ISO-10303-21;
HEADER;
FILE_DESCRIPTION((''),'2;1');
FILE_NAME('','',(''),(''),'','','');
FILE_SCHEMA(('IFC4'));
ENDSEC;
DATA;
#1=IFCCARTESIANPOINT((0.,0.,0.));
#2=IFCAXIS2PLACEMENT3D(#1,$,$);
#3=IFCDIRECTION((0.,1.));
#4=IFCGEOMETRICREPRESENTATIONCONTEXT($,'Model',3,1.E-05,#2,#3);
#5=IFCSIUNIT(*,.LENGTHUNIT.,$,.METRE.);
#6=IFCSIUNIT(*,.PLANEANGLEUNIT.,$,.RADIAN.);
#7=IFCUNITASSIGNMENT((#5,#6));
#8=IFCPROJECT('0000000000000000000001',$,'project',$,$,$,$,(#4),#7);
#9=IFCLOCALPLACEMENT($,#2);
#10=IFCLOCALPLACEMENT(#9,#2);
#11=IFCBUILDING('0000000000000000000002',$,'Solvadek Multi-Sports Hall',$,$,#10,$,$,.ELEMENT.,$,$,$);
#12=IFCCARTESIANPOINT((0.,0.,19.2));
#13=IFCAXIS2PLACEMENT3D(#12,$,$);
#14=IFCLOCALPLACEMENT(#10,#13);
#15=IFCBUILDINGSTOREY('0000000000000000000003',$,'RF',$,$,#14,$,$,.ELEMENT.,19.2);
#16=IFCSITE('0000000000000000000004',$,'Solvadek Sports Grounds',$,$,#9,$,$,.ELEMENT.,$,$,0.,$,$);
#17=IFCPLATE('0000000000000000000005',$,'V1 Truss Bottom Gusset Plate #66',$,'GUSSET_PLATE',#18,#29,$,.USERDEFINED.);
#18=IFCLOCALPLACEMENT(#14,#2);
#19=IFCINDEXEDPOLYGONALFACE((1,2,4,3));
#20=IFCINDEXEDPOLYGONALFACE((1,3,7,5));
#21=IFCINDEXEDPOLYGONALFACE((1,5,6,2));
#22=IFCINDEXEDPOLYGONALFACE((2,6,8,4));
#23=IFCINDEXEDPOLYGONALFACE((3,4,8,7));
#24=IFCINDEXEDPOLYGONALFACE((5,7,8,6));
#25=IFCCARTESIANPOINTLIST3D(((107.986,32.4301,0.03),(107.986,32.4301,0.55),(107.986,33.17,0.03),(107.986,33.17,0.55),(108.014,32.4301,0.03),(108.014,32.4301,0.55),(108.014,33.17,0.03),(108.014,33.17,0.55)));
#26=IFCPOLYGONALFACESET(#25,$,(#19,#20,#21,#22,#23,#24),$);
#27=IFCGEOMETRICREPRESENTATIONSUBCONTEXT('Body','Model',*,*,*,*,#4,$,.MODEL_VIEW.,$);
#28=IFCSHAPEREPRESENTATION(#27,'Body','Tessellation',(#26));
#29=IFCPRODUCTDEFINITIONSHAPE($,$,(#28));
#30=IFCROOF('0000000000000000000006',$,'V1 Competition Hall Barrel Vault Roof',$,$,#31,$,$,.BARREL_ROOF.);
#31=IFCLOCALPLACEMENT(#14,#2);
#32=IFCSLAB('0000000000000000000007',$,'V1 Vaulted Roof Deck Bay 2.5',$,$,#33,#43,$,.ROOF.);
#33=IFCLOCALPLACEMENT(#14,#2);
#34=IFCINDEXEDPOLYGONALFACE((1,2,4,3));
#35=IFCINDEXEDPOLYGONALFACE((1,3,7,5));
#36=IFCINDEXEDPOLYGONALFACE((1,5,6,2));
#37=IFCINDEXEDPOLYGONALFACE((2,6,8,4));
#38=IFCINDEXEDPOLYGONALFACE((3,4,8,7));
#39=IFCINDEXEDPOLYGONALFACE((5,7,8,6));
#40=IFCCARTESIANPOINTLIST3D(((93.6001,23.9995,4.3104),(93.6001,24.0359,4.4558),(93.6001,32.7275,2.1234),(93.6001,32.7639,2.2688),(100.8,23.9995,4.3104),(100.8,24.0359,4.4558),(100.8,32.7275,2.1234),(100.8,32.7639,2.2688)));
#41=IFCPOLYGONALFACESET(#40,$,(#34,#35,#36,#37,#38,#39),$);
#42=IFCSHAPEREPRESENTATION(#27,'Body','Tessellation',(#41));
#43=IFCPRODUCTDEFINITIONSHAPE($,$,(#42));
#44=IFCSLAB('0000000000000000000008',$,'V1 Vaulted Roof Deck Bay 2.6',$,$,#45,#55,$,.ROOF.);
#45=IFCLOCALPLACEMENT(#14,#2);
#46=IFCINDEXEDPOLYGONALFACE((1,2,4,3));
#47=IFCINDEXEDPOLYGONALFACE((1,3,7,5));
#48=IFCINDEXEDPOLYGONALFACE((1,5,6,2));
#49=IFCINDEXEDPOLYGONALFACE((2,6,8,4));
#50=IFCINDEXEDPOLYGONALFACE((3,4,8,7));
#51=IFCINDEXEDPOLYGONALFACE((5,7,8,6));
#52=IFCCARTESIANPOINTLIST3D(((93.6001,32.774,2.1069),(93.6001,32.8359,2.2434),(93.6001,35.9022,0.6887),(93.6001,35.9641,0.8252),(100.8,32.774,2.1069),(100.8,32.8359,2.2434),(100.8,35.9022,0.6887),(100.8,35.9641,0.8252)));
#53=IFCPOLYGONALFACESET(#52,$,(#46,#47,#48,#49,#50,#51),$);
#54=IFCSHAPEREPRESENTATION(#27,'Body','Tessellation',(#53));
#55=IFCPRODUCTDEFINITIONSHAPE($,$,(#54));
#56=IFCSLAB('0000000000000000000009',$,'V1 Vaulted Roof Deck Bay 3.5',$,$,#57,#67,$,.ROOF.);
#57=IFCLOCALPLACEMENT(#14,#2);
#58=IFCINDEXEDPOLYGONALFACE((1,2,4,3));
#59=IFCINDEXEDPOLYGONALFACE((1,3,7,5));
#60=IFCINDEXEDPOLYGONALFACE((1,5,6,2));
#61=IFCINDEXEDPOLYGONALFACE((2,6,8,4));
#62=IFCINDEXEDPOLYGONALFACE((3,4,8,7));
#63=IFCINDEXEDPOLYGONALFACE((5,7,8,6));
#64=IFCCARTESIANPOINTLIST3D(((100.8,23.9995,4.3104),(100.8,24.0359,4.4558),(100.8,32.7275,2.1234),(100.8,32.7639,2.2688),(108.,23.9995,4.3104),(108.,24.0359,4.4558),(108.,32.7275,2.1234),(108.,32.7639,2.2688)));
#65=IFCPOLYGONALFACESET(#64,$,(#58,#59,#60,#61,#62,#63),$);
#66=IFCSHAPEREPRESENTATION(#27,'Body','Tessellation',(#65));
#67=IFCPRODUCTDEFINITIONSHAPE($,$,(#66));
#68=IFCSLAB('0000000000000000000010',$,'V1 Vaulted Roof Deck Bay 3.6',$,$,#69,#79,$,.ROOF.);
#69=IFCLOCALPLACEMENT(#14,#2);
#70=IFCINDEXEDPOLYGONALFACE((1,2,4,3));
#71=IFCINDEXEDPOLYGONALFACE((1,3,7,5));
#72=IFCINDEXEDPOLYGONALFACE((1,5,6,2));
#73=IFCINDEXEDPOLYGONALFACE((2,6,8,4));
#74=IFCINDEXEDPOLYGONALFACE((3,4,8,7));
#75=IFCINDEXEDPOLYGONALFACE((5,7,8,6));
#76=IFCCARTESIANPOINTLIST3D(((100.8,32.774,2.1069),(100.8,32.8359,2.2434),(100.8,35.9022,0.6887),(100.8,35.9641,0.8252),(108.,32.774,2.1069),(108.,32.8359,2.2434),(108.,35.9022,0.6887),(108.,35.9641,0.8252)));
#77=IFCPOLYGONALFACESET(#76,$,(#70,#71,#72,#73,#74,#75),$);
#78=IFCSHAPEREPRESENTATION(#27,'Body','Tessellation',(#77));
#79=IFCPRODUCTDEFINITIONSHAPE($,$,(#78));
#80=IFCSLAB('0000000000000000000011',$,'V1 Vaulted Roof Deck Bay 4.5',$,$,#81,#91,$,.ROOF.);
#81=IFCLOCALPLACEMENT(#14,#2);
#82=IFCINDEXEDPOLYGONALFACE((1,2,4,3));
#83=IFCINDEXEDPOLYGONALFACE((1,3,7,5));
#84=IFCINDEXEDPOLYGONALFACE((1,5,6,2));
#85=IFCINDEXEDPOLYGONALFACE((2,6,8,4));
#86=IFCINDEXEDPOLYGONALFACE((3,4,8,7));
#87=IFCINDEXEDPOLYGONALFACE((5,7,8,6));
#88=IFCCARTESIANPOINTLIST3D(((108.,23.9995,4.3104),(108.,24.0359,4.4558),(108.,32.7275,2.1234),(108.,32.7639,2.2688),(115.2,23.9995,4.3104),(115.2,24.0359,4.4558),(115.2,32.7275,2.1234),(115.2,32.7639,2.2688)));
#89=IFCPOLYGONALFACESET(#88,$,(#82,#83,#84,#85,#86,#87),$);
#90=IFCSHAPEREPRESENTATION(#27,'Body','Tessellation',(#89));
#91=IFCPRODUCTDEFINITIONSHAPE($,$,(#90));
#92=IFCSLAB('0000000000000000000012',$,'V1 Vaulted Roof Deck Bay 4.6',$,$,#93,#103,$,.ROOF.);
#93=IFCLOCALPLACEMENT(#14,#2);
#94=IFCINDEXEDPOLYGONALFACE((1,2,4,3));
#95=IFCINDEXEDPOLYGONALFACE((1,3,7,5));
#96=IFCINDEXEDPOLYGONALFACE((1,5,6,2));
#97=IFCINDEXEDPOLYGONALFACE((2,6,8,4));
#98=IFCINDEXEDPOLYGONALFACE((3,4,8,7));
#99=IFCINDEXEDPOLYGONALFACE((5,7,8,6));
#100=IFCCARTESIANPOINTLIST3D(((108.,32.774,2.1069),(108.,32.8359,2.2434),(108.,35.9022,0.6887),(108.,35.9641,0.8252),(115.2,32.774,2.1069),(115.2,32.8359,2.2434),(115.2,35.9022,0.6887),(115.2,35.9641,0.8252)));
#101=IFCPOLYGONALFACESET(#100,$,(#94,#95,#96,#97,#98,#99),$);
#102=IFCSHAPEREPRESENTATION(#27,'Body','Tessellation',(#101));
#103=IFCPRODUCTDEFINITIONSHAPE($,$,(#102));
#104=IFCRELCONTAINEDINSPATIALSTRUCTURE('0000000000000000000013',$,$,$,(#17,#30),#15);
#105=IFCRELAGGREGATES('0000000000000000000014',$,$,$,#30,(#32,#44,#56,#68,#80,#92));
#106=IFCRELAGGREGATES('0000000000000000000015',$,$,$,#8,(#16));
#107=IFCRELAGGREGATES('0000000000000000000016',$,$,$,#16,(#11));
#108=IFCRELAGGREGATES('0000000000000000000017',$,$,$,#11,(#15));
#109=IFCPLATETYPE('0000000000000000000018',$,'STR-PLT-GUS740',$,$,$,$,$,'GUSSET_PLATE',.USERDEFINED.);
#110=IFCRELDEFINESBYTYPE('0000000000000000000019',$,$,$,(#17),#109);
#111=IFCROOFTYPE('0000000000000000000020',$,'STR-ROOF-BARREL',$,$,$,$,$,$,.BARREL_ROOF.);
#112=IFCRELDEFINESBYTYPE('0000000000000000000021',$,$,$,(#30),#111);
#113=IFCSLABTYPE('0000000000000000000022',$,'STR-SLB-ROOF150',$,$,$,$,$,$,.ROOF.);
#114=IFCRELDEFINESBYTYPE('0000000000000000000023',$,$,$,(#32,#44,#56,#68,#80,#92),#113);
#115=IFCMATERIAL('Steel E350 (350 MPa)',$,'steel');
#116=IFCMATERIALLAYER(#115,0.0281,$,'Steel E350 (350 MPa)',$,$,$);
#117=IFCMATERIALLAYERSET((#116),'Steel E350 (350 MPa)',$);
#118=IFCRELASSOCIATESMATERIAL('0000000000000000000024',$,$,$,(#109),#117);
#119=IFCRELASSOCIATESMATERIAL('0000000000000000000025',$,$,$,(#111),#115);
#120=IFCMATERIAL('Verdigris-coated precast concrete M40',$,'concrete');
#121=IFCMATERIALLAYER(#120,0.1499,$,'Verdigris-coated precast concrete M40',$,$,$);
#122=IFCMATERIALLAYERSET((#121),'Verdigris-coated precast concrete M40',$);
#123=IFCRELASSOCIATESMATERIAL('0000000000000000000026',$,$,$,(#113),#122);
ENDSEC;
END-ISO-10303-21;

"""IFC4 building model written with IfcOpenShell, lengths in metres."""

from ifc_helpers import new_model, si_unit, direction, frame, origin, origin_2d, place, context, subcontext, project, spatial, polyline, rectangle, outline, extrude, material, layer, layer_set, type_object, element, aggregate, save


model = new_model("IFC4")

# Units and contexts
model_context = context("Model", 3, precision=1e-05, world=origin(), true_north=direction((0.0, 1.0)))
body_context = subcontext(model_context, "Body", "Model", "MODEL_VIEW")
ifc_project = project(units=[si_unit("LENGTHUNIT", "METRE"), si_unit("PLANEANGLEUNIT", "RADIAN")], contexts=[model_context])

# Site, building, storey
site_placement = place(None, origin())
site = spatial("IfcSite", under=ifc_project, at=site_placement, Name="Solvadek Sports Grounds", CompositionType="ELEMENT", RefElevation=0.0)
building_placement = place(site_placement, origin())
building = spatial("IfcBuilding", under=site, at=building_placement, Name="Solvadek Multi-Sports Hall", CompositionType="ELEMENT")
storey_placement = place(building_placement, frame((0.0, 0.0, 19.2)))
storey = spatial("IfcBuildingStorey", under=building, at=storey_placement, Name="RF", CompositionType="ELEMENT", Elevation=19.2)

# Shared definitions
ifc_material_1 = material(Name="Steel E350 (350 MPa)", Category="steel")

# Plate
ifc_layer_1 = layer(ifc_material_1, 0.0281, Name="Steel E350 (350 MPa)")
ifc_layer_set_1 = layer_set([ifc_layer_1], Name="Steel E350 (350 MPa)")
plate_type_1 = type_object("IfcPlateType", Name="STR-PLT-GUS740", ElementType="GUSSET_PLATE", PredefinedType="USERDEFINED", material=ifc_layer_set_1)
for number, where, z_axis, x_axis, name in (
    (1, (108.0, 32.8, 0.03), (0.0, 0.0, 1.0), (0.0, 1.0, 0.0), "V1 Truss Bottom Gusset Plate #66"),
):
    element("IfcPlate", number, at=place(storey_placement, frame(where, z_axis=z_axis, x_axis=x_axis)), inside=storey, type_object=plate_type_1, Name=name, ObjectType="GUSSET_PLATE", PredefinedType="USERDEFINED", context=body_context, shape_type="SweptSolid", body=[
        extrude(rectangle(XDim=0.74, YDim=0.0281, at=origin_2d()), origin(), (0.0, 0.0, 1.0), 0.52),
    ])

# Roof, slabs
roof_type = type_object("IfcRoofType", Name="STR-ROOF-BARREL", PredefinedType="BARREL_ROOF", material=ifc_material_1)
roof_placement = place(storey_placement, origin())
roof = element("IfcRoof", 2, at=roof_placement, inside=storey, type_object=roof_type, Name="V1 Competition Hall Barrel Vault Roof", PredefinedType="BARREL_ROOF")
ifc_material_2 = material(Name="Verdigris-coated precast concrete M40", Category="concrete")
ifc_layer_2 = layer(ifc_material_2, 0.1499, Name="Verdigris-coated precast concrete M40")
ifc_layer_set_2 = layer_set([ifc_layer_2], Name="Verdigris-coated precast concrete M40")
slab_type = type_object("IfcSlabType", Name="STR-SLB-ROOF150", PredefinedType="ROOF", material=ifc_layer_set_2)
slab_1_placement = place(storey_placement, frame((93.6001, 24.0359, 4.4558), z_axis=(0.0, 0.243059, 0.970011), x_axis=(1.0, 0.0, 0.0)))
slab_1 = element("IfcSlab", 3, at=slab_1_placement, type_object=slab_type, Name="V1 Vaulted Roof Deck Bay 2.5", PredefinedType="ROOF", context=body_context, shape_type="SweptSolid", body=[
    extrude(outline(polyline([(0.0, 0.0), (7.2, 0.0), (7.2, 8.9979), (0.0, 8.9979), (0.0, 0.0)])), origin(), (0.0, 0.0, -1.0), 0.1499),
])
slab_2_placement = place(storey_placement, frame((93.6001, 32.8359, 2.2434), z_axis=(0.0, 0.412914, 0.91077), x_axis=(1.0, 0.0, 0.0)))
slab_2 = element("IfcSlab", 4, at=slab_2_placement, type_object=slab_type, Name="V1 Vaulted Roof Deck Bay 2.6", PredefinedType="ROOF", context=body_context, shape_type="SweptSolid", body=[
    extrude(outline(polyline([(0.0, 0.0), (7.2, 0.0), (7.2, 3.4346), (0.0, 3.4346), (0.0, 0.0)])), origin(), (0.0, 0.0, -1.0), 0.1499),
])
slab_3_placement = place(storey_placement, frame((100.8, 24.0359, 4.4558), z_axis=(0.0, 0.243059, 0.970011), x_axis=(1.0, 0.0, 0.0)))
slab_3 = element("IfcSlab", 5, at=slab_3_placement, type_object=slab_type, Name="V1 Vaulted Roof Deck Bay 3.5", PredefinedType="ROOF", context=body_context, shape_type="SweptSolid", body=[
    extrude(outline(polyline([(0.0, 0.0), (7.2, 0.0), (7.2, 8.9979), (0.0, 8.9979), (0.0, 0.0)])), origin(), (0.0, 0.0, -1.0), 0.1499),
])
slab_4_placement = place(storey_placement, frame((100.8, 32.8359, 2.2434), z_axis=(0.0, 0.412914, 0.91077), x_axis=(1.0, 0.0, 0.0)))
slab_4 = element("IfcSlab", 6, at=slab_4_placement, type_object=slab_type, Name="V1 Vaulted Roof Deck Bay 3.6", PredefinedType="ROOF", context=body_context, shape_type="SweptSolid", body=[
    extrude(outline(polyline([(0.0, 0.0), (7.2, 0.0), (7.2, 3.4346), (0.0, 3.4346), (0.0, 0.0)])), origin(), (0.0, 0.0, -1.0), 0.1499),
])
slab_5_placement = place(storey_placement, frame((108.0, 24.0359, 4.4558), z_axis=(0.0, 0.243059, 0.970011), x_axis=(1.0, 0.0, 0.0)))
slab_5 = element("IfcSlab", 7, at=slab_5_placement, type_object=slab_type, Name="V1 Vaulted Roof Deck Bay 4.5", PredefinedType="ROOF", context=body_context, shape_type="SweptSolid", body=[
    extrude(outline(polyline([(0.0, 0.0), (7.2, 0.0), (7.2, 8.9979), (0.0, 8.9979), (0.0, 0.0)])), origin(), (0.0, 0.0, -1.0), 0.1499),
])
slab_6_placement = place(storey_placement, frame((108.0, 32.8359, 2.2434), z_axis=(0.0, 0.412914, 0.91077), x_axis=(1.0, 0.0, 0.0)))
slab_6 = element("IfcSlab", 8, at=slab_6_placement, type_object=slab_type, Name="V1 Vaulted Roof Deck Bay 4.6", PredefinedType="ROOF", context=body_context, shape_type="SweptSolid", body=[
    extrude(outline(polyline([(0.0, 0.0), (7.2, 0.0), (7.2, 3.4346), (0.0, 3.4346), (0.0, 0.0)])), origin(), (0.0, 0.0, -1.0), 0.1499),
])
aggregate(roof, [slab_1, slab_2, slab_3, slab_4, slab_5, slab_6])

save(model, "model.ifc")
